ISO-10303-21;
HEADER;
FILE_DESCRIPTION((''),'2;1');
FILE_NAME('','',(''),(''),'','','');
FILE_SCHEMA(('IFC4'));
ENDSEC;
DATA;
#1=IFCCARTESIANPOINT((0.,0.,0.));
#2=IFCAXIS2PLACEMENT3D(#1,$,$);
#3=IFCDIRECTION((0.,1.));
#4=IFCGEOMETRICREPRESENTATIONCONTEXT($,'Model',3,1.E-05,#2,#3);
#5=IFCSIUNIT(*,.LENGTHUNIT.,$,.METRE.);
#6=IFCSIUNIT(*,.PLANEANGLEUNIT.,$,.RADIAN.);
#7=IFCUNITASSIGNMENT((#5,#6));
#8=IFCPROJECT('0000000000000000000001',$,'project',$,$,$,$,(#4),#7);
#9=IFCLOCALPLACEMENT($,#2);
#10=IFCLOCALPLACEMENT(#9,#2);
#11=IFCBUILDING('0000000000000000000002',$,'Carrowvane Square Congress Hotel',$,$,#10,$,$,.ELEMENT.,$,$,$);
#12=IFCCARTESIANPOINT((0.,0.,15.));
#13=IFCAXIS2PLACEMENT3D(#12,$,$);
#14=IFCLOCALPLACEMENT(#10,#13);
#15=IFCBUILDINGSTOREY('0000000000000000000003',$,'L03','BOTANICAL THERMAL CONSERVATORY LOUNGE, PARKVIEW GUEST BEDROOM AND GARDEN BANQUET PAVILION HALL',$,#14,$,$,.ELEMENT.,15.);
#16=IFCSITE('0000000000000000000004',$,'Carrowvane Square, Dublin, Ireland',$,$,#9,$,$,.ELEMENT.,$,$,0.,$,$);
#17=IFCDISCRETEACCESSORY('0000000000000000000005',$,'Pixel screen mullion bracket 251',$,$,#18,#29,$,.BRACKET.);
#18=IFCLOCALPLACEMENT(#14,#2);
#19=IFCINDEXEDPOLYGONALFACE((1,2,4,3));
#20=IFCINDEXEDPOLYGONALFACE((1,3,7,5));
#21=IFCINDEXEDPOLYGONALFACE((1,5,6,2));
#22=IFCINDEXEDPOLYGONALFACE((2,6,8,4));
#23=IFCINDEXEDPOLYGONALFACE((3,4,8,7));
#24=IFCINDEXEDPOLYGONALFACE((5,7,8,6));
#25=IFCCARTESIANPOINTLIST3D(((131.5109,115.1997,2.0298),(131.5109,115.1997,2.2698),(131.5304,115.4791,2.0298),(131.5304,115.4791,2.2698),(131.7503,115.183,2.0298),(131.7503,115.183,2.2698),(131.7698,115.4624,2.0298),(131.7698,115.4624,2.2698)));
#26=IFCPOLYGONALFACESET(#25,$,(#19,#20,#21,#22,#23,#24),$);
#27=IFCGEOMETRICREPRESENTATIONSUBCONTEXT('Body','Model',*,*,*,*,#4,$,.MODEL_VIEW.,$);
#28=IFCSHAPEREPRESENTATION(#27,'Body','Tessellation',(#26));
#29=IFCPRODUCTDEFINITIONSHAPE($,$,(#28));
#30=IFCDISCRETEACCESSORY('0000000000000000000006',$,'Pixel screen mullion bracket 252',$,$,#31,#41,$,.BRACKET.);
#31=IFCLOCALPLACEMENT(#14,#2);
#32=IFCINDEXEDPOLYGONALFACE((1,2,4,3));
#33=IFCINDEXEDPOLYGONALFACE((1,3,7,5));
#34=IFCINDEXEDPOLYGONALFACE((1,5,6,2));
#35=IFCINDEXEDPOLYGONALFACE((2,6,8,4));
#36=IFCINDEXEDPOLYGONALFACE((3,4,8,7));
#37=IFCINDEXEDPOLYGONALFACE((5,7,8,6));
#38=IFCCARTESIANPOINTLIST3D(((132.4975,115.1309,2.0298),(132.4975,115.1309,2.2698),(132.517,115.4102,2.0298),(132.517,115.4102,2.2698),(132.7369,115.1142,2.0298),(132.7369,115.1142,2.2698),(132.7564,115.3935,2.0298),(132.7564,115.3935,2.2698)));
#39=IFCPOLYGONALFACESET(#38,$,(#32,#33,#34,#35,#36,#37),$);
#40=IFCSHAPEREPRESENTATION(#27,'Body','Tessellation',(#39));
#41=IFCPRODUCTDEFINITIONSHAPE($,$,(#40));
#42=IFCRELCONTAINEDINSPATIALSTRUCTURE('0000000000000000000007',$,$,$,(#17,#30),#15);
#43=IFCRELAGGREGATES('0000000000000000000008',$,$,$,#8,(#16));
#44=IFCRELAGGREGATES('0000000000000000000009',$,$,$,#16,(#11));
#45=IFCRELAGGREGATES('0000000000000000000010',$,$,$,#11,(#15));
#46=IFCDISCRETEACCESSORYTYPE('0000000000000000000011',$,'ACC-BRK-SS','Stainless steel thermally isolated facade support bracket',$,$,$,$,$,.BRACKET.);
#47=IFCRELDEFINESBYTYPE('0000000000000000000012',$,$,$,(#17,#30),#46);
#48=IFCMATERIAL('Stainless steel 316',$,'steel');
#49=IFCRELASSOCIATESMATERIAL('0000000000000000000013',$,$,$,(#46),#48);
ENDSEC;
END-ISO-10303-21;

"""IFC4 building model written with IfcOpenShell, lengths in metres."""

from ifc_helpers import new_model, si_unit, direction, frame, origin, origin_2d, place, context, subcontext, project, spatial, rectangle, extrude, material, type_object, element, save


model = new_model("IFC4")

# Units and contexts
model_context = context("Model", 3, precision=1e-05, world=origin(), true_north=direction((0.0, 1.0)))
body_context = subcontext(model_context, "Body", "Model", "MODEL_VIEW")
ifc_project = project(units=[si_unit("LENGTHUNIT", "METRE"), si_unit("PLANEANGLEUNIT", "RADIAN")], contexts=[model_context])

# Site, building, storey
site_placement = place(None, origin())
site = spatial("IfcSite", under=ifc_project, at=site_placement, Name="Carrowvane Square, Dublin, Ireland", CompositionType="ELEMENT", RefElevation=0.0)
building_placement = place(site_placement, origin())
building = spatial("IfcBuilding", under=site, at=building_placement, Name="Carrowvane Square Congress Hotel", CompositionType="ELEMENT")
storey_placement = place(building_placement, frame((0.0, 0.0, 15.0)))
storey = spatial("IfcBuildingStorey", under=building, at=storey_placement, Name="L03", Description="BOTANICAL THERMAL CONSERVATORY LOUNGE, PARKVIEW GUEST BEDROOM AND GARDEN BANQUET PAVILION HALL", CompositionType="ELEMENT", Elevation=15.0)

# Discrete accessories
ifc_material_1 = material(Name="Stainless steel 316", Category="steel")
discrete_accessory_type = type_object("IfcDiscreteAccessoryType", Name="ACC-BRK-SS", Description="Stainless steel thermally isolated facade support bracket", PredefinedType="BRACKET", material=ifc_material_1)
for number, where, z_axis, x_axis, name in (
    (1, (131.6404, 115.3311, 2.0298), (0.0, 0.0, 1.0), (0.997566, -0.069725, 0.0), "Pixel screen mullion bracket 251"),
    (2, (132.627, 115.2622, 2.0298), (0.0, 0.0, 1.0), (0.997566, -0.069725, 0.0), "Pixel screen mullion bracket 252"),
):
    element("IfcDiscreteAccessory", number, at=place(storey_placement, frame(where, z_axis=z_axis, x_axis=x_axis)), inside=storey, type_object=discrete_accessory_type, Name=name, PredefinedType="BRACKET", context=body_context, shape_type="SweptSolid", body=[
        extrude(rectangle(XDim=0.24, YDim=0.28, at=origin_2d()), origin(), (0.0, 0.0, 1.0), 0.24),
    ])

save(model, "model.ifc")
